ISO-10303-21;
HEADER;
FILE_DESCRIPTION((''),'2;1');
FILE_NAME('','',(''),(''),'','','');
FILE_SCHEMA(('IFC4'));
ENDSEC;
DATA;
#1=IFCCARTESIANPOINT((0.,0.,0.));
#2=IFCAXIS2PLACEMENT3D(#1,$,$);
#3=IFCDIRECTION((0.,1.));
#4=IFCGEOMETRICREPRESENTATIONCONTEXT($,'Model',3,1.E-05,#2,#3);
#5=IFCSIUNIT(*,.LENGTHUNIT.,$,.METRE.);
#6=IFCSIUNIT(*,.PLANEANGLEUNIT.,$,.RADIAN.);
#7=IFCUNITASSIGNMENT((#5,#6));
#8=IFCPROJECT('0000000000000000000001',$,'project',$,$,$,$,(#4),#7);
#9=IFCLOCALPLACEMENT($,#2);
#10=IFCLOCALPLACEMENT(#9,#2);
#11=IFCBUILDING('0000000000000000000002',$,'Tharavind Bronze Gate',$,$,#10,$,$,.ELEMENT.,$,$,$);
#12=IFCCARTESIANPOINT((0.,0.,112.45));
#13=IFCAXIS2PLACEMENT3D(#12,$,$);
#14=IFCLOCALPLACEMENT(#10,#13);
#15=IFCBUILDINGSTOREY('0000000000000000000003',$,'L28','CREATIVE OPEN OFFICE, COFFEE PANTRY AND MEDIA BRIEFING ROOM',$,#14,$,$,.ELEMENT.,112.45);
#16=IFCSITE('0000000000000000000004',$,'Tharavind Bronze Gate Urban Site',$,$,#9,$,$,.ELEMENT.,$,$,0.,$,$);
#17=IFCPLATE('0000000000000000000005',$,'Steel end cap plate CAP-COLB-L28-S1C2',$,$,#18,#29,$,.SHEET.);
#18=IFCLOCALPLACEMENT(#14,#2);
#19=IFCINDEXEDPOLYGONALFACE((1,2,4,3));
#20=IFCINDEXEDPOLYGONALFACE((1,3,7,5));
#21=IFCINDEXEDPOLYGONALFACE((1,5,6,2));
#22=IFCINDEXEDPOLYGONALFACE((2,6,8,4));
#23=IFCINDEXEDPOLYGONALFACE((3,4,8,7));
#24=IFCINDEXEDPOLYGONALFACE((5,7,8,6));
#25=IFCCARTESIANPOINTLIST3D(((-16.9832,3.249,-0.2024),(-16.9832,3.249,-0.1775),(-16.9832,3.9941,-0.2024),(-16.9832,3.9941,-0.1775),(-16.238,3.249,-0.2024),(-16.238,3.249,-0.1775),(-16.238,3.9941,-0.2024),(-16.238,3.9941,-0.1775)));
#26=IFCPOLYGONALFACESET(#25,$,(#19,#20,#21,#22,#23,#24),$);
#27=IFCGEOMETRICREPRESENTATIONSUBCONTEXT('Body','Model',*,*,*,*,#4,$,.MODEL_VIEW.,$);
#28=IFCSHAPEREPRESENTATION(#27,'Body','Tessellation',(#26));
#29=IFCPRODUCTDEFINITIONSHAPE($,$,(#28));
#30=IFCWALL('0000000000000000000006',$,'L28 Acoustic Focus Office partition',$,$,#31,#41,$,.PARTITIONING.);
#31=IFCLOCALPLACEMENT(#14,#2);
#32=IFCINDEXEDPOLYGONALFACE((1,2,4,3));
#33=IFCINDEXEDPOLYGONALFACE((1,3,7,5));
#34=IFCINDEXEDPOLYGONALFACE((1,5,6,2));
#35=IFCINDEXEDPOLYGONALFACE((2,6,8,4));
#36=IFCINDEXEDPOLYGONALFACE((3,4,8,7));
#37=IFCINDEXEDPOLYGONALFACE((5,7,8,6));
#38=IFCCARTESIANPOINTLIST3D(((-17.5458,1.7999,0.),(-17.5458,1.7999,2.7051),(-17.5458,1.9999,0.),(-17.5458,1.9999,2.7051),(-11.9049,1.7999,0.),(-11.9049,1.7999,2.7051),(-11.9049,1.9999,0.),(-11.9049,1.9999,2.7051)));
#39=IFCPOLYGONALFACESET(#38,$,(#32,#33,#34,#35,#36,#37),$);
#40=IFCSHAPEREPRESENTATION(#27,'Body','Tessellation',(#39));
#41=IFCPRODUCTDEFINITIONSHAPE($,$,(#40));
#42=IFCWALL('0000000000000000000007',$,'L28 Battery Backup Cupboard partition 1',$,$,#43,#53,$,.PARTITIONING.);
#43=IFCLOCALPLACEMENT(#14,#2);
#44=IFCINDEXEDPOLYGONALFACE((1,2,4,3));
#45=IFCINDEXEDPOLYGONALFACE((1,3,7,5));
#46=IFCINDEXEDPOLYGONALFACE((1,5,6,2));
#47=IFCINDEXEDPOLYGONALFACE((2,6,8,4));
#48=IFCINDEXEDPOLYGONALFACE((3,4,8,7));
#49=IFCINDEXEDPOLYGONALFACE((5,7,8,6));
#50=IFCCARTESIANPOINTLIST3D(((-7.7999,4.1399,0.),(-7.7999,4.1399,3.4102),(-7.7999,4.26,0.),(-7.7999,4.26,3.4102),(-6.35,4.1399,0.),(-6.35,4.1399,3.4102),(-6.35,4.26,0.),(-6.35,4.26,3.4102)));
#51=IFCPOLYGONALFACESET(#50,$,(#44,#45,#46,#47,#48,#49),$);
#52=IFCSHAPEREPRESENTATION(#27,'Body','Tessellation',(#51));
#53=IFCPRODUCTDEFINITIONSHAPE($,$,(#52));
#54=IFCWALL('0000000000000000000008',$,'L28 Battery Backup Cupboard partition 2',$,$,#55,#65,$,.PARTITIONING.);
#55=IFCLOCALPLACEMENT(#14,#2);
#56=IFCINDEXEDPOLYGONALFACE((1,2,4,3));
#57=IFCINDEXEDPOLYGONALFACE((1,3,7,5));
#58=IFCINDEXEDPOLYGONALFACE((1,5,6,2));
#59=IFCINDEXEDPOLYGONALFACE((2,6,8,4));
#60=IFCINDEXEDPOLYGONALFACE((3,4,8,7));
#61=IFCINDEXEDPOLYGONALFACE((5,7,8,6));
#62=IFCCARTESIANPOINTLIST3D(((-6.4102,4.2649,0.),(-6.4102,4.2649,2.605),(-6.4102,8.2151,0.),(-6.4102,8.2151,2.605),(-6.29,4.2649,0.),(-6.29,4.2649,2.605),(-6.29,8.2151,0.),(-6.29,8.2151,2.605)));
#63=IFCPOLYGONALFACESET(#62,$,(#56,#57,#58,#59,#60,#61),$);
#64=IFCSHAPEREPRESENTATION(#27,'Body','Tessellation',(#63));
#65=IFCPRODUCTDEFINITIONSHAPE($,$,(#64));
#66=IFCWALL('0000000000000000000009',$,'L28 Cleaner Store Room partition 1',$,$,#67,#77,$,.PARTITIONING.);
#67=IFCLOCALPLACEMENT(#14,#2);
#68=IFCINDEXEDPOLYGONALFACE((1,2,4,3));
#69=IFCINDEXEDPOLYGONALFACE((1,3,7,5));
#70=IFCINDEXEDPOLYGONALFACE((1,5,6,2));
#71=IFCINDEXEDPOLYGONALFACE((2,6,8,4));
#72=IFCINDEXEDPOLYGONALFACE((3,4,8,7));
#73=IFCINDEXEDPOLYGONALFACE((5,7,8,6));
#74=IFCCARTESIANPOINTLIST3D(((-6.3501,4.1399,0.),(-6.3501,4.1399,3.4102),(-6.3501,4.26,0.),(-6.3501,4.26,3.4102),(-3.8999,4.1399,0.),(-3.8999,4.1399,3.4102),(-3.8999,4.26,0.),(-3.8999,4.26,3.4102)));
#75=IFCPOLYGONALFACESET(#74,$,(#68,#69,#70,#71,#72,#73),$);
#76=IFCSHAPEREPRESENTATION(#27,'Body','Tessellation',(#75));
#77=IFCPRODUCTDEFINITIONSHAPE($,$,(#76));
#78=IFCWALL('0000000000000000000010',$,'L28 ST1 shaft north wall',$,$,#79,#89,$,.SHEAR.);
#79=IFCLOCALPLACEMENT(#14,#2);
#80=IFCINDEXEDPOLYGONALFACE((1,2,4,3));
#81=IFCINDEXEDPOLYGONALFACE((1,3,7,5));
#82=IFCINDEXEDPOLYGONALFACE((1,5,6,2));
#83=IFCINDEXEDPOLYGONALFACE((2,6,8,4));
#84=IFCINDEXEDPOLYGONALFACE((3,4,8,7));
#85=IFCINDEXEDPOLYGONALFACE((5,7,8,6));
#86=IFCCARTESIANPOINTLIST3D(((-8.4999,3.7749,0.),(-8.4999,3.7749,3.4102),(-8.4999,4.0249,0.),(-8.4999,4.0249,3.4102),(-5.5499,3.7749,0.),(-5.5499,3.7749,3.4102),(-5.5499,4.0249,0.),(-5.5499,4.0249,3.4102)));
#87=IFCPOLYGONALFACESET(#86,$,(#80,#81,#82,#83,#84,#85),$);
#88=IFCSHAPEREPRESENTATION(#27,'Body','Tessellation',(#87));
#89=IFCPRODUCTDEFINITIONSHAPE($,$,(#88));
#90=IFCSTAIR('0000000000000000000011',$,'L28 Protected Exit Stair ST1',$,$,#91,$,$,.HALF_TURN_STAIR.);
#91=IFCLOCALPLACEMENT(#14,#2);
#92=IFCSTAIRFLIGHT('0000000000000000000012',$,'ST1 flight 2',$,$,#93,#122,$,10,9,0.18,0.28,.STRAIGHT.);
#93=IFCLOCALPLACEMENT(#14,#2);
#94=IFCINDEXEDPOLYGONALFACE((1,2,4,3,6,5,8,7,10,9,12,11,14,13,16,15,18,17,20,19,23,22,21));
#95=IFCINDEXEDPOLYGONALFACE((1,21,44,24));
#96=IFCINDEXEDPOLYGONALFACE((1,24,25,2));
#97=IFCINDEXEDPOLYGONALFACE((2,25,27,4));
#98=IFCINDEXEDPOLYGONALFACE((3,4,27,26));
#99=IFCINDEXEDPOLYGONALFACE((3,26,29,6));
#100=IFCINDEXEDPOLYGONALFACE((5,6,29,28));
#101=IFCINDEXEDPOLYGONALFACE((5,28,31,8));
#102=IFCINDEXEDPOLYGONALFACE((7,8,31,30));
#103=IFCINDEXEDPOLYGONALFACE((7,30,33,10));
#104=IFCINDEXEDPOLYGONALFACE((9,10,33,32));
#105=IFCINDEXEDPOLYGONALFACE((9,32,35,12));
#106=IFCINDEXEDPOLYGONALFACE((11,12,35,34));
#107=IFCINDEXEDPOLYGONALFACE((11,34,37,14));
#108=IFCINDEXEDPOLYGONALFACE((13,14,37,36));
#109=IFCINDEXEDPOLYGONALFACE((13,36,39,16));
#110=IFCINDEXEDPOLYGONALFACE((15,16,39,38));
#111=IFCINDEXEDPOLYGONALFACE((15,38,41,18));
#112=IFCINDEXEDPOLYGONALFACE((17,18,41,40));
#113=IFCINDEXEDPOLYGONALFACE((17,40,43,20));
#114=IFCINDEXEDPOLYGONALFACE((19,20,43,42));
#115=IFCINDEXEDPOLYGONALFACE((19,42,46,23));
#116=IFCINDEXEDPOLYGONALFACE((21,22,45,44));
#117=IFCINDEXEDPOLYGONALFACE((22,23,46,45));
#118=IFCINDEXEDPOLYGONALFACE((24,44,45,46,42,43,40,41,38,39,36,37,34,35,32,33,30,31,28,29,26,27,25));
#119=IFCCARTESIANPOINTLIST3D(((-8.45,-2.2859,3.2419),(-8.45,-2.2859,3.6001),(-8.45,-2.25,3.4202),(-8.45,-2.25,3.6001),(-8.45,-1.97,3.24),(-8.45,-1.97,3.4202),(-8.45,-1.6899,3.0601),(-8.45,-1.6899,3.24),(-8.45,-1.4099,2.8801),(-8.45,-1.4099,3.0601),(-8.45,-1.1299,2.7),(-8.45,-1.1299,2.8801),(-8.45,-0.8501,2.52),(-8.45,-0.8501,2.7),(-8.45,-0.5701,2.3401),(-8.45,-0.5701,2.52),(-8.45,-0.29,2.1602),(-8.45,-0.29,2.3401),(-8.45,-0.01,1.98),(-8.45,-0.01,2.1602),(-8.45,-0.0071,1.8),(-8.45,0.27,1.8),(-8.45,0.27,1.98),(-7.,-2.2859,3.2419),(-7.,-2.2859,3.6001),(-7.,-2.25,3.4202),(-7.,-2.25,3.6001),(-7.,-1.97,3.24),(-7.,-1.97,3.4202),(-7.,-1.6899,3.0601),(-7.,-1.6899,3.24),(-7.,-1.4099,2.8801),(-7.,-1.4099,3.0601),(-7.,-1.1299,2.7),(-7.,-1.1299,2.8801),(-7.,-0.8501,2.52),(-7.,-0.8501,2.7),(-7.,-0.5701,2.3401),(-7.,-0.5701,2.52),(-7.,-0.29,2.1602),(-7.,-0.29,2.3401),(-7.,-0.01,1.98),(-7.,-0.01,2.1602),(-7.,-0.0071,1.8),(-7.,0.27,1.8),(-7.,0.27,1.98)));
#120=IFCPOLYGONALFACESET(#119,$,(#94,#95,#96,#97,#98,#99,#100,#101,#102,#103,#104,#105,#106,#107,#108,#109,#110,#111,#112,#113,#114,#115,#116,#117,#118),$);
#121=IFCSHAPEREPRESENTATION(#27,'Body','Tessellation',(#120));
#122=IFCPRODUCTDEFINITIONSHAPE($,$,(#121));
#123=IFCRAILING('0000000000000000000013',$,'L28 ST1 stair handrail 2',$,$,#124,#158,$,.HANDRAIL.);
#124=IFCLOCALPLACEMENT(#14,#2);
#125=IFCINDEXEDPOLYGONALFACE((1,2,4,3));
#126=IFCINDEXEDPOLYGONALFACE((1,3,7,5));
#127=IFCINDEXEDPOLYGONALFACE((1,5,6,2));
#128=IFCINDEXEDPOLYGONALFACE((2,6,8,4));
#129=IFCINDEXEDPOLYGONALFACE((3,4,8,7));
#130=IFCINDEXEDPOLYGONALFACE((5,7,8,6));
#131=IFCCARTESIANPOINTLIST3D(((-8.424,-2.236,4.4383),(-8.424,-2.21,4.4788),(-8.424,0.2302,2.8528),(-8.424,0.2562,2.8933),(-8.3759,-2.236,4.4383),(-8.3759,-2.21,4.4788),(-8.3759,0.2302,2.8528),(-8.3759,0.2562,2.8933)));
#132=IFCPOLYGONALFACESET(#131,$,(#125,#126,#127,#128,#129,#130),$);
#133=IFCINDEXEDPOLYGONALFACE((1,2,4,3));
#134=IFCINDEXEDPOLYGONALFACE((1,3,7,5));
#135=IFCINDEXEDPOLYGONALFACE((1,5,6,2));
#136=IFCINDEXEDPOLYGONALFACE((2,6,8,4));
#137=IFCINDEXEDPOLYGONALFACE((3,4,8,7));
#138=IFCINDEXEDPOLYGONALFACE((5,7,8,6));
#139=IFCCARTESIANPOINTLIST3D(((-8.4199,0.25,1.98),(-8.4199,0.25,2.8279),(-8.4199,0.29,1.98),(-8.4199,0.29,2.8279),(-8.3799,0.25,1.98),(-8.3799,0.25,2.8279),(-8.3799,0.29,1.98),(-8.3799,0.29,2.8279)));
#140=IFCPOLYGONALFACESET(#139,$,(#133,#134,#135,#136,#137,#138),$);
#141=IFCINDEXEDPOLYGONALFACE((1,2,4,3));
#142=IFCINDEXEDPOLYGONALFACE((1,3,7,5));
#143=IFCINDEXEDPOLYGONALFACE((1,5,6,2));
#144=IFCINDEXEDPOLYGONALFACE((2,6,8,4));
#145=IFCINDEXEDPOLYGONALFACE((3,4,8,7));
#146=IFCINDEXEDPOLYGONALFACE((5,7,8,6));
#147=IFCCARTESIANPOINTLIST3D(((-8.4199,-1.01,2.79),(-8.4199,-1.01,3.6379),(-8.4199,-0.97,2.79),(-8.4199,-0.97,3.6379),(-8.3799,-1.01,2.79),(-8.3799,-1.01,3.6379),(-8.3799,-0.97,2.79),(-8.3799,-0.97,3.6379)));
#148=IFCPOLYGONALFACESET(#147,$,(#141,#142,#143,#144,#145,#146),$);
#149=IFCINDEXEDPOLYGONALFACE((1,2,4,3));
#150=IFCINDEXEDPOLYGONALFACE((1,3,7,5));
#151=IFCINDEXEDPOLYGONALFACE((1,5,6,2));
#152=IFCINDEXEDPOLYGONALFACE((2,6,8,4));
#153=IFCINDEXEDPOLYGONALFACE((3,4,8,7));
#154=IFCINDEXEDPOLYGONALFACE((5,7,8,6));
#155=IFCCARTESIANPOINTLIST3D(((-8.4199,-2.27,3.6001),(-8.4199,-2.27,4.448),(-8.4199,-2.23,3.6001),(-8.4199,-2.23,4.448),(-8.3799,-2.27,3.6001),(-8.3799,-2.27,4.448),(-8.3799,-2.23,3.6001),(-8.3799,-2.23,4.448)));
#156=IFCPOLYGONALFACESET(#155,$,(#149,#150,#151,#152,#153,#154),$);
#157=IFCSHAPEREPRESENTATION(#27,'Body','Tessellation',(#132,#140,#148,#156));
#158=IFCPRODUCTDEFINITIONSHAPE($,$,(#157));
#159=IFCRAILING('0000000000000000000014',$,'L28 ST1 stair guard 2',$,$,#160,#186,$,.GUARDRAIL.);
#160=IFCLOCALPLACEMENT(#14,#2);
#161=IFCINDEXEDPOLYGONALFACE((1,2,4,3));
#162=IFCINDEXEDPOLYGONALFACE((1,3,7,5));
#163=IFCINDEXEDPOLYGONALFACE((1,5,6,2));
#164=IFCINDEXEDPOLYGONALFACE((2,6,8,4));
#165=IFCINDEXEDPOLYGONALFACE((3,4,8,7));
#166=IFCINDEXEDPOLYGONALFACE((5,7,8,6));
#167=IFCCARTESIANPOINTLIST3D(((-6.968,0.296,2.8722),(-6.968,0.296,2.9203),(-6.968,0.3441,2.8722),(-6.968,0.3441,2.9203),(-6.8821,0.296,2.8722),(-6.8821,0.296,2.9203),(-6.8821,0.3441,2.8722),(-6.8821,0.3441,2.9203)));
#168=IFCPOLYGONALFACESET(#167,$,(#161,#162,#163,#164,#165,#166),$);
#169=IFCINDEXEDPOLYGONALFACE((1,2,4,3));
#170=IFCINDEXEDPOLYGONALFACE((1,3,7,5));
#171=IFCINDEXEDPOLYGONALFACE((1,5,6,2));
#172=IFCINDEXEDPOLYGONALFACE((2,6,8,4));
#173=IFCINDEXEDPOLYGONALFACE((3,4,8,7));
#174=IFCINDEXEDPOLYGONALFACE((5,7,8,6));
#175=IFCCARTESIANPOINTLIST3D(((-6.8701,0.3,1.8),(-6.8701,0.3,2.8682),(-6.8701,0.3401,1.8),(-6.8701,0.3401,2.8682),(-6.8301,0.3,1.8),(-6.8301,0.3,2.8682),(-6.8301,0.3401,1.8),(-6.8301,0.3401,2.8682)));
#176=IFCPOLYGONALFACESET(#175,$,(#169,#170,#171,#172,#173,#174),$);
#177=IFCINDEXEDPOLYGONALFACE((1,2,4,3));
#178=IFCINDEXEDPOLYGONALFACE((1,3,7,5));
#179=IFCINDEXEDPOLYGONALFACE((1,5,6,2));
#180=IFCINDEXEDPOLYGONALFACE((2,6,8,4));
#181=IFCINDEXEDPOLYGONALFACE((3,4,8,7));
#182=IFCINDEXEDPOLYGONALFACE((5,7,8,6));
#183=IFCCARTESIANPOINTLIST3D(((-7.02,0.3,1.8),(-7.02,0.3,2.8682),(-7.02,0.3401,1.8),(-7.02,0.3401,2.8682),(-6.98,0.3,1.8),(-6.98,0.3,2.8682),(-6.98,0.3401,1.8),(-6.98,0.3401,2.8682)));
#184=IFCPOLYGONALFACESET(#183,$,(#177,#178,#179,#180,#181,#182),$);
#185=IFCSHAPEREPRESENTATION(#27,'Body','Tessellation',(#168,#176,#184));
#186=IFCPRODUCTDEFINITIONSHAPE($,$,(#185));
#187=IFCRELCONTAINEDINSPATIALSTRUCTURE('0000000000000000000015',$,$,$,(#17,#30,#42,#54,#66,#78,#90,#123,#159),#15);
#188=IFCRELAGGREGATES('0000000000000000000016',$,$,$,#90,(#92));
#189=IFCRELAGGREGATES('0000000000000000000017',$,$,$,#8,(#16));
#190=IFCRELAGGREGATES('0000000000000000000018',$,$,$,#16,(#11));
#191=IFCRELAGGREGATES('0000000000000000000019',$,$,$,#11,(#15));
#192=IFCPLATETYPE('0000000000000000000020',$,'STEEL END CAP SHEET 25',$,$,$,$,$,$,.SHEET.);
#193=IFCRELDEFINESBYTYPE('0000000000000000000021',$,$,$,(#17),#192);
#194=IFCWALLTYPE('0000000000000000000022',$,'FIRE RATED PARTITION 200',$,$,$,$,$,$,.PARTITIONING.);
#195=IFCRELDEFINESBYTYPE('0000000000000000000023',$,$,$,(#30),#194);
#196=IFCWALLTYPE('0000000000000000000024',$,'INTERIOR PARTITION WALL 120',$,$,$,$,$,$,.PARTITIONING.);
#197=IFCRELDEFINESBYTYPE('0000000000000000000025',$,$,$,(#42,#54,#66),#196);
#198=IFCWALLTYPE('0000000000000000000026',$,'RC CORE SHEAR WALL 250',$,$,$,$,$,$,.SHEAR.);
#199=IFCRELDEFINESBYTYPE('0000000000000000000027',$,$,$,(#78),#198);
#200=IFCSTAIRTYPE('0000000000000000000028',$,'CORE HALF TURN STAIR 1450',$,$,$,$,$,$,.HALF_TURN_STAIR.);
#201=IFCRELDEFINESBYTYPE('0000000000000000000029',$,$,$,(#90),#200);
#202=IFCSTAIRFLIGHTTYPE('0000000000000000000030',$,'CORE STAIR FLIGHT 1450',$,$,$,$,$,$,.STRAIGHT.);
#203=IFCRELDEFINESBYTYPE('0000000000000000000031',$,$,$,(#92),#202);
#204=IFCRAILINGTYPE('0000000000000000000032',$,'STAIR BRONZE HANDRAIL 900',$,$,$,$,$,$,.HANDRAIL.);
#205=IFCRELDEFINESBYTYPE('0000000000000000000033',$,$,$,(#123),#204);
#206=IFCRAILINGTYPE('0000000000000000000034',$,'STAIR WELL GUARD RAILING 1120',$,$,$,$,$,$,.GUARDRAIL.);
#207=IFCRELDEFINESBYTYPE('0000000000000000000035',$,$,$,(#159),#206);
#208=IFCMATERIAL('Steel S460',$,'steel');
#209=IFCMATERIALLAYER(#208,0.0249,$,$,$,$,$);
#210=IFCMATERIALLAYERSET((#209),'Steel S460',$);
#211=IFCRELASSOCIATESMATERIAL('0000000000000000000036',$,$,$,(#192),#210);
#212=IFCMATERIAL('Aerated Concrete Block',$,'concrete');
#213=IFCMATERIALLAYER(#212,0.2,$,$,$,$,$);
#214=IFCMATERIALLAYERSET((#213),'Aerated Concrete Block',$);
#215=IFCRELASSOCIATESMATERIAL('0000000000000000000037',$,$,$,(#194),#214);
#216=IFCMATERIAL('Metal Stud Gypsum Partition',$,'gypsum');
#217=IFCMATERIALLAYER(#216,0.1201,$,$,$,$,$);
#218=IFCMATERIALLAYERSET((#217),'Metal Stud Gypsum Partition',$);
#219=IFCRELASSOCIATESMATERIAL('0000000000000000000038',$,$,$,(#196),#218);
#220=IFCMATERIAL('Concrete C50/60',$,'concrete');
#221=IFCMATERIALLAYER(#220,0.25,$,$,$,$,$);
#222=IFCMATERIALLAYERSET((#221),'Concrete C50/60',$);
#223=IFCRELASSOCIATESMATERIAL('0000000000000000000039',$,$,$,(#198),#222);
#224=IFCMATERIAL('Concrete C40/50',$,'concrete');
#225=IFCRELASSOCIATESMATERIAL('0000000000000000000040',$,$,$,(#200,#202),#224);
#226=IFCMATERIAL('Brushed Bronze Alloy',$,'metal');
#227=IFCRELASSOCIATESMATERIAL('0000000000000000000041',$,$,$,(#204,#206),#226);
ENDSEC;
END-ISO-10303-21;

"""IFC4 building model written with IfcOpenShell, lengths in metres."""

from ifc_helpers import new_model, si_unit, direction, frame, frame_2d, origin, origin_2d, place, context, subcontext, project, spatial, polyline, rectangle, outline, extrude, material, layer, layer_set, type_object, element, aggregate, save


model = new_model("IFC4")

# Units and contexts
model_context = context("Model", 3, precision=1e-05, world=origin(), true_north=direction((0.0, 1.0)))
body_context = subcontext(model_context, "Body", "Model", "MODEL_VIEW")
ifc_project = project(units=[si_unit("LENGTHUNIT", "METRE"), si_unit("PLANEANGLEUNIT", "RADIAN")], contexts=[model_context])

# Site, building, storey
site_placement = place(None, origin())
site = spatial("IfcSite", under=ifc_project, at=site_placement, Name="Tharavind Bronze Gate Urban Site", CompositionType="ELEMENT", RefElevation=0.0)
building_placement = place(site_placement, origin())
building = spatial("IfcBuilding", under=site, at=building_placement, Name="Tharavind Bronze Gate", CompositionType="ELEMENT")
storey_placement = place(building_placement, frame((0.0, 0.0, 112.45)))
storey = spatial("IfcBuildingStorey", under=building, at=storey_placement, Name="L28", Description="CREATIVE OPEN OFFICE, COFFEE PANTRY AND MEDIA BRIEFING ROOM", CompositionType="ELEMENT", Elevation=112.45)

# Shared definitions
ifc_material_1 = material(Name="Steel S460", Category="steel")

# Plate
ifc_layer_1 = layer(ifc_material_1, 0.0249)
ifc_layer_set_1 = layer_set([ifc_layer_1], Name="Steel S460")
plate_type_1 = type_object("IfcPlateType", Name="STEEL END CAP SHEET 25", PredefinedType="SHEET", material=ifc_layer_set_1)
plate_1_placement = place(storey_placement, frame((-16.6106, 3.6216, -0.2024), z_axis=(0.0, 0.0, 1.0), x_axis=(1.0, 0.0, 0.0)))
element("IfcPlate", 1, at=plate_1_placement, inside=storey, type_object=plate_type_1, Name="Steel end cap plate CAP-COLB-L28-S1C2", PredefinedType="SHEET", context=body_context, shape_type="SweptSolid", body=[
    extrude(rectangle(XDim=0.7451, YDim=0.7451, at=origin_2d()), origin(), (0.0, 0.0, 1.0), 0.0249),
])

# Walls
ifc_material_2 = material(Name="Aerated Concrete Block", Category="concrete")
ifc_layer_2 = layer(ifc_material_2, 0.2)
ifc_layer_set_2 = layer_set([ifc_layer_2], Name="Aerated Concrete Block")
wall_type_1 = type_object("IfcWallType", Name="FIRE RATED PARTITION 200", PredefinedType="PARTITIONING", material=ifc_layer_set_2)
wall_1_placement = place(storey_placement, frame((-11.905, 1.8999, 0.0), z_axis=(0.0, 0.0, 1.0), x_axis=(-1.0, 0.0, 0.0)))
element("IfcWall", 2, at=wall_1_placement, inside=storey, type_object=wall_type_1, Name="L28 Acoustic Focus Office partition", PredefinedType="PARTITIONING", context=body_context, shape_type="SweptSolid", body=[
    extrude(rectangle(XDim=5.6409, YDim=0.2, at=frame_2d((2.8203, 0.0))), origin(), (0.0, 0.0, 1.0), 2.7051),
])
ifc_material_3 = material(Name="Metal Stud Gypsum Partition", Category="gypsum")
ifc_layer_3 = layer(ifc_material_3, 0.1201)
ifc_layer_set_3 = layer_set([ifc_layer_3], Name="Metal Stud Gypsum Partition")
wall_type_2 = type_object("IfcWallType", Name="INTERIOR PARTITION WALL 120", PredefinedType="PARTITIONING", material=ifc_layer_set_3)
wall_2_placement = place(storey_placement, frame((-7.8, 4.2, 0.0), z_axis=(0.0, 0.0, 1.0), x_axis=(1.0, 0.0, 0.0)))
element("IfcWall", 3, at=wall_2_placement, inside=storey, type_object=wall_type_2, Name="L28 Battery Backup Cupboard partition 1", PredefinedType="PARTITIONING", context=body_context, shape_type="SweptSolid", body=[
    extrude(rectangle(XDim=1.45, YDim=0.1201, at=frame_2d((0.7251, 0.0))), origin(), (0.0, 0.0, 1.0), 3.4102),
])
wall_3_placement = place(storey_placement, frame((-6.3501, 4.2649, 0.0), z_axis=(0.0, 0.0, 1.0), x_axis=(0.0, 1.0, 0.0)))
element("IfcWall", 4, at=wall_3_placement, inside=storey, type_object=wall_type_2, Name="L28 Battery Backup Cupboard partition 2", PredefinedType="PARTITIONING", context=body_context, shape_type="SweptSolid", body=[
    extrude(rectangle(XDim=3.9502, YDim=0.1201, at=frame_2d((1.9751, 0.0))), origin(), (0.0, 0.0, 1.0), 2.605),
])
wall_4_placement = place(storey_placement, frame((-6.3501, 4.2, 0.0), z_axis=(0.0, 0.0, 1.0), x_axis=(1.0, 0.0, 0.0)))
element("IfcWall", 5, at=wall_4_placement, inside=storey, type_object=wall_type_2, Name="L28 Cleaner Store Room partition 1", PredefinedType="PARTITIONING", context=body_context, shape_type="SweptSolid", body=[
    extrude(rectangle(XDim=2.4502, YDim=0.1201, at=frame_2d((1.2251, 0.0))), origin(), (0.0, 0.0, 1.0), 3.4102),
])
ifc_material_4 = material(Name="Concrete C50/60", Category="concrete")
ifc_layer_4 = layer(ifc_material_4, 0.25)
ifc_layer_set_4 = layer_set([ifc_layer_4], Name="Concrete C50/60")
wall_type_3 = type_object("IfcWallType", Name="RC CORE SHEAR WALL 250", PredefinedType="SHEAR", material=ifc_layer_set_4)
wall_5_placement = place(storey_placement, frame((-8.5, 3.8999, 0.0), z_axis=(0.0, 0.0, 1.0), x_axis=(1.0, 0.0, 0.0)))
element("IfcWall", 6, at=wall_5_placement, inside=storey, type_object=wall_type_3, Name="L28 ST1 shaft north wall", PredefinedType="SHEAR", context=body_context, shape_type="SweptSolid", body=[
    extrude(rectangle(XDim=2.95, YDim=0.25, at=frame_2d((1.4751, 0.0))), origin(), (0.0, 0.0, 1.0), 3.4102),
])

# Stair, stair flight
ifc_material_5 = material(Name="Concrete C40/50", Category="concrete")
stair_type = type_object("IfcStairType", Name="CORE HALF TURN STAIR 1450", PredefinedType="HALF_TURN_STAIR", material=ifc_material_5)
stair_placement = place(storey_placement, origin())
stair = element("IfcStair", 7, at=stair_placement, inside=storey, type_object=stair_type, Name="L28 Protected Exit Stair ST1", PredefinedType="HALF_TURN_STAIR")
stair_flight_type = type_object("IfcStairFlightType", Name="CORE STAIR FLIGHT 1450", PredefinedType="STRAIGHT", material=ifc_material_5)
stair_flight_placement = place(storey_placement, frame((-7.7251, 0.27, 1.8), z_axis=(0.0, 0.0, 1.0), x_axis=(0.0, -1.0, 0.0)))
stair_flight = element("IfcStairFlight", 8, at=stair_flight_placement, type_object=stair_flight_type, Name="ST1 flight 2", NumberOfRisers=10, NumberOfTreads=9, PredefinedType="STRAIGHT", RiserHeight=0.18, TreadLength=0.28, context=body_context, shape_type="SweptSolid", body=[
    extrude(outline(polyline([(0.0, 0.0), (0.0, 0.1799), (0.28, 0.1799), (0.28, 0.3601), (0.5601, 0.3601), (0.5601, 0.54), (0.8401, 0.54), (0.8401, 0.72), (1.1201, 0.72), (1.1201, 0.8999), (1.3999, 0.8999), (1.3999, 1.0801), (1.6799, 1.0801), (1.6799, 1.26), (1.96, 1.26), (1.96, 1.4399), (2.24, 1.4399), (2.24, 1.6201), (2.52, 1.6201), (2.52, 1.8), (2.5559, 1.8), (2.5559, 1.4419), (0.2771, 0.0), (0.0, 0.0)])), frame((0.0, 0.7251, 0.0), z_axis=(0.0, -1.0, 0.0), x_axis=(1.0, 0.0, 0.0)), (0.0, 0.0, 1.0), 1.45),
])
aggregate(stair, [stair_flight])

# Railings
ifc_material_6 = material(Name="Brushed Bronze Alloy", Category="metal")
railing_type_1 = type_object("IfcRailingType", Name="STAIR BRONZE HANDRAIL 900", PredefinedType="HANDRAIL", material=ifc_material_6)
railing_1_placement = place(storey_placement, frame((-8.3999, 0.27, 1.98)))
element("IfcRailing", 9, at=railing_1_placement, inside=storey, type_object=railing_type_1, Name="L28 ST1 stair handrail 2", PredefinedType="HANDRAIL", context=body_context, shape_type="SweptSolid", body=[
    extrude(rectangle(XDim=0.0481, YDim=0.0481, at=origin_2d()), frame((0.0, -0.0269, 0.8931), z_axis=(0.0, -0.841163, 0.540782), x_axis=(1.0, 0.0, 0.0)), (0.0, 0.0, 1.0), 2.9319),
    extrude(rectangle(XDim=0.04, YDim=0.04, at=origin_2d()), origin(), (0.0, 0.0, 1.0), 0.8479),
    extrude(rectangle(XDim=0.04, YDim=0.04, at=origin_2d()), frame((0.0, -1.26, 0.8101)), (0.0, 0.0, 1.0), 0.8479),
    extrude(rectangle(XDim=0.04, YDim=0.04, at=origin_2d()), frame((0.0, -2.52, 1.6201)), (0.0, 0.0, 1.0), 0.8479),
])
railing_type_2 = type_object("IfcRailingType", Name="STAIR WELL GUARD RAILING 1120", PredefinedType="GUARDRAIL", material=ifc_material_6)
railing_2_placement = place(storey_placement, frame((-6.8501, 0.3201, 1.8)))
element("IfcRailing", 10, at=railing_2_placement, inside=storey, type_object=railing_type_2, Name="L28 ST1 stair guard 2", PredefinedType="GUARDRAIL", context=body_context, shape_type="SweptSolid", body=[
    extrude(rectangle(XDim=0.0481, YDim=0.0481, at=origin_2d()), frame((-0.032, 0.0, 1.0962), z_axis=(-1.0, 0.0, 0.0), x_axis=(0.0, -1.0, 0.0)), (0.0, 0.0, 1.0), 0.0859),
    extrude(rectangle(XDim=0.04, YDim=0.04, at=origin_2d()), origin(), (0.0, 0.0, 1.0), 1.0681),
    extrude(rectangle(XDim=0.04, YDim=0.04, at=origin_2d()), frame((-0.1499, 0.0, 0.0)), (0.0, 0.0, 1.0), 1.0681),
])

save(model, "model.ifc")
